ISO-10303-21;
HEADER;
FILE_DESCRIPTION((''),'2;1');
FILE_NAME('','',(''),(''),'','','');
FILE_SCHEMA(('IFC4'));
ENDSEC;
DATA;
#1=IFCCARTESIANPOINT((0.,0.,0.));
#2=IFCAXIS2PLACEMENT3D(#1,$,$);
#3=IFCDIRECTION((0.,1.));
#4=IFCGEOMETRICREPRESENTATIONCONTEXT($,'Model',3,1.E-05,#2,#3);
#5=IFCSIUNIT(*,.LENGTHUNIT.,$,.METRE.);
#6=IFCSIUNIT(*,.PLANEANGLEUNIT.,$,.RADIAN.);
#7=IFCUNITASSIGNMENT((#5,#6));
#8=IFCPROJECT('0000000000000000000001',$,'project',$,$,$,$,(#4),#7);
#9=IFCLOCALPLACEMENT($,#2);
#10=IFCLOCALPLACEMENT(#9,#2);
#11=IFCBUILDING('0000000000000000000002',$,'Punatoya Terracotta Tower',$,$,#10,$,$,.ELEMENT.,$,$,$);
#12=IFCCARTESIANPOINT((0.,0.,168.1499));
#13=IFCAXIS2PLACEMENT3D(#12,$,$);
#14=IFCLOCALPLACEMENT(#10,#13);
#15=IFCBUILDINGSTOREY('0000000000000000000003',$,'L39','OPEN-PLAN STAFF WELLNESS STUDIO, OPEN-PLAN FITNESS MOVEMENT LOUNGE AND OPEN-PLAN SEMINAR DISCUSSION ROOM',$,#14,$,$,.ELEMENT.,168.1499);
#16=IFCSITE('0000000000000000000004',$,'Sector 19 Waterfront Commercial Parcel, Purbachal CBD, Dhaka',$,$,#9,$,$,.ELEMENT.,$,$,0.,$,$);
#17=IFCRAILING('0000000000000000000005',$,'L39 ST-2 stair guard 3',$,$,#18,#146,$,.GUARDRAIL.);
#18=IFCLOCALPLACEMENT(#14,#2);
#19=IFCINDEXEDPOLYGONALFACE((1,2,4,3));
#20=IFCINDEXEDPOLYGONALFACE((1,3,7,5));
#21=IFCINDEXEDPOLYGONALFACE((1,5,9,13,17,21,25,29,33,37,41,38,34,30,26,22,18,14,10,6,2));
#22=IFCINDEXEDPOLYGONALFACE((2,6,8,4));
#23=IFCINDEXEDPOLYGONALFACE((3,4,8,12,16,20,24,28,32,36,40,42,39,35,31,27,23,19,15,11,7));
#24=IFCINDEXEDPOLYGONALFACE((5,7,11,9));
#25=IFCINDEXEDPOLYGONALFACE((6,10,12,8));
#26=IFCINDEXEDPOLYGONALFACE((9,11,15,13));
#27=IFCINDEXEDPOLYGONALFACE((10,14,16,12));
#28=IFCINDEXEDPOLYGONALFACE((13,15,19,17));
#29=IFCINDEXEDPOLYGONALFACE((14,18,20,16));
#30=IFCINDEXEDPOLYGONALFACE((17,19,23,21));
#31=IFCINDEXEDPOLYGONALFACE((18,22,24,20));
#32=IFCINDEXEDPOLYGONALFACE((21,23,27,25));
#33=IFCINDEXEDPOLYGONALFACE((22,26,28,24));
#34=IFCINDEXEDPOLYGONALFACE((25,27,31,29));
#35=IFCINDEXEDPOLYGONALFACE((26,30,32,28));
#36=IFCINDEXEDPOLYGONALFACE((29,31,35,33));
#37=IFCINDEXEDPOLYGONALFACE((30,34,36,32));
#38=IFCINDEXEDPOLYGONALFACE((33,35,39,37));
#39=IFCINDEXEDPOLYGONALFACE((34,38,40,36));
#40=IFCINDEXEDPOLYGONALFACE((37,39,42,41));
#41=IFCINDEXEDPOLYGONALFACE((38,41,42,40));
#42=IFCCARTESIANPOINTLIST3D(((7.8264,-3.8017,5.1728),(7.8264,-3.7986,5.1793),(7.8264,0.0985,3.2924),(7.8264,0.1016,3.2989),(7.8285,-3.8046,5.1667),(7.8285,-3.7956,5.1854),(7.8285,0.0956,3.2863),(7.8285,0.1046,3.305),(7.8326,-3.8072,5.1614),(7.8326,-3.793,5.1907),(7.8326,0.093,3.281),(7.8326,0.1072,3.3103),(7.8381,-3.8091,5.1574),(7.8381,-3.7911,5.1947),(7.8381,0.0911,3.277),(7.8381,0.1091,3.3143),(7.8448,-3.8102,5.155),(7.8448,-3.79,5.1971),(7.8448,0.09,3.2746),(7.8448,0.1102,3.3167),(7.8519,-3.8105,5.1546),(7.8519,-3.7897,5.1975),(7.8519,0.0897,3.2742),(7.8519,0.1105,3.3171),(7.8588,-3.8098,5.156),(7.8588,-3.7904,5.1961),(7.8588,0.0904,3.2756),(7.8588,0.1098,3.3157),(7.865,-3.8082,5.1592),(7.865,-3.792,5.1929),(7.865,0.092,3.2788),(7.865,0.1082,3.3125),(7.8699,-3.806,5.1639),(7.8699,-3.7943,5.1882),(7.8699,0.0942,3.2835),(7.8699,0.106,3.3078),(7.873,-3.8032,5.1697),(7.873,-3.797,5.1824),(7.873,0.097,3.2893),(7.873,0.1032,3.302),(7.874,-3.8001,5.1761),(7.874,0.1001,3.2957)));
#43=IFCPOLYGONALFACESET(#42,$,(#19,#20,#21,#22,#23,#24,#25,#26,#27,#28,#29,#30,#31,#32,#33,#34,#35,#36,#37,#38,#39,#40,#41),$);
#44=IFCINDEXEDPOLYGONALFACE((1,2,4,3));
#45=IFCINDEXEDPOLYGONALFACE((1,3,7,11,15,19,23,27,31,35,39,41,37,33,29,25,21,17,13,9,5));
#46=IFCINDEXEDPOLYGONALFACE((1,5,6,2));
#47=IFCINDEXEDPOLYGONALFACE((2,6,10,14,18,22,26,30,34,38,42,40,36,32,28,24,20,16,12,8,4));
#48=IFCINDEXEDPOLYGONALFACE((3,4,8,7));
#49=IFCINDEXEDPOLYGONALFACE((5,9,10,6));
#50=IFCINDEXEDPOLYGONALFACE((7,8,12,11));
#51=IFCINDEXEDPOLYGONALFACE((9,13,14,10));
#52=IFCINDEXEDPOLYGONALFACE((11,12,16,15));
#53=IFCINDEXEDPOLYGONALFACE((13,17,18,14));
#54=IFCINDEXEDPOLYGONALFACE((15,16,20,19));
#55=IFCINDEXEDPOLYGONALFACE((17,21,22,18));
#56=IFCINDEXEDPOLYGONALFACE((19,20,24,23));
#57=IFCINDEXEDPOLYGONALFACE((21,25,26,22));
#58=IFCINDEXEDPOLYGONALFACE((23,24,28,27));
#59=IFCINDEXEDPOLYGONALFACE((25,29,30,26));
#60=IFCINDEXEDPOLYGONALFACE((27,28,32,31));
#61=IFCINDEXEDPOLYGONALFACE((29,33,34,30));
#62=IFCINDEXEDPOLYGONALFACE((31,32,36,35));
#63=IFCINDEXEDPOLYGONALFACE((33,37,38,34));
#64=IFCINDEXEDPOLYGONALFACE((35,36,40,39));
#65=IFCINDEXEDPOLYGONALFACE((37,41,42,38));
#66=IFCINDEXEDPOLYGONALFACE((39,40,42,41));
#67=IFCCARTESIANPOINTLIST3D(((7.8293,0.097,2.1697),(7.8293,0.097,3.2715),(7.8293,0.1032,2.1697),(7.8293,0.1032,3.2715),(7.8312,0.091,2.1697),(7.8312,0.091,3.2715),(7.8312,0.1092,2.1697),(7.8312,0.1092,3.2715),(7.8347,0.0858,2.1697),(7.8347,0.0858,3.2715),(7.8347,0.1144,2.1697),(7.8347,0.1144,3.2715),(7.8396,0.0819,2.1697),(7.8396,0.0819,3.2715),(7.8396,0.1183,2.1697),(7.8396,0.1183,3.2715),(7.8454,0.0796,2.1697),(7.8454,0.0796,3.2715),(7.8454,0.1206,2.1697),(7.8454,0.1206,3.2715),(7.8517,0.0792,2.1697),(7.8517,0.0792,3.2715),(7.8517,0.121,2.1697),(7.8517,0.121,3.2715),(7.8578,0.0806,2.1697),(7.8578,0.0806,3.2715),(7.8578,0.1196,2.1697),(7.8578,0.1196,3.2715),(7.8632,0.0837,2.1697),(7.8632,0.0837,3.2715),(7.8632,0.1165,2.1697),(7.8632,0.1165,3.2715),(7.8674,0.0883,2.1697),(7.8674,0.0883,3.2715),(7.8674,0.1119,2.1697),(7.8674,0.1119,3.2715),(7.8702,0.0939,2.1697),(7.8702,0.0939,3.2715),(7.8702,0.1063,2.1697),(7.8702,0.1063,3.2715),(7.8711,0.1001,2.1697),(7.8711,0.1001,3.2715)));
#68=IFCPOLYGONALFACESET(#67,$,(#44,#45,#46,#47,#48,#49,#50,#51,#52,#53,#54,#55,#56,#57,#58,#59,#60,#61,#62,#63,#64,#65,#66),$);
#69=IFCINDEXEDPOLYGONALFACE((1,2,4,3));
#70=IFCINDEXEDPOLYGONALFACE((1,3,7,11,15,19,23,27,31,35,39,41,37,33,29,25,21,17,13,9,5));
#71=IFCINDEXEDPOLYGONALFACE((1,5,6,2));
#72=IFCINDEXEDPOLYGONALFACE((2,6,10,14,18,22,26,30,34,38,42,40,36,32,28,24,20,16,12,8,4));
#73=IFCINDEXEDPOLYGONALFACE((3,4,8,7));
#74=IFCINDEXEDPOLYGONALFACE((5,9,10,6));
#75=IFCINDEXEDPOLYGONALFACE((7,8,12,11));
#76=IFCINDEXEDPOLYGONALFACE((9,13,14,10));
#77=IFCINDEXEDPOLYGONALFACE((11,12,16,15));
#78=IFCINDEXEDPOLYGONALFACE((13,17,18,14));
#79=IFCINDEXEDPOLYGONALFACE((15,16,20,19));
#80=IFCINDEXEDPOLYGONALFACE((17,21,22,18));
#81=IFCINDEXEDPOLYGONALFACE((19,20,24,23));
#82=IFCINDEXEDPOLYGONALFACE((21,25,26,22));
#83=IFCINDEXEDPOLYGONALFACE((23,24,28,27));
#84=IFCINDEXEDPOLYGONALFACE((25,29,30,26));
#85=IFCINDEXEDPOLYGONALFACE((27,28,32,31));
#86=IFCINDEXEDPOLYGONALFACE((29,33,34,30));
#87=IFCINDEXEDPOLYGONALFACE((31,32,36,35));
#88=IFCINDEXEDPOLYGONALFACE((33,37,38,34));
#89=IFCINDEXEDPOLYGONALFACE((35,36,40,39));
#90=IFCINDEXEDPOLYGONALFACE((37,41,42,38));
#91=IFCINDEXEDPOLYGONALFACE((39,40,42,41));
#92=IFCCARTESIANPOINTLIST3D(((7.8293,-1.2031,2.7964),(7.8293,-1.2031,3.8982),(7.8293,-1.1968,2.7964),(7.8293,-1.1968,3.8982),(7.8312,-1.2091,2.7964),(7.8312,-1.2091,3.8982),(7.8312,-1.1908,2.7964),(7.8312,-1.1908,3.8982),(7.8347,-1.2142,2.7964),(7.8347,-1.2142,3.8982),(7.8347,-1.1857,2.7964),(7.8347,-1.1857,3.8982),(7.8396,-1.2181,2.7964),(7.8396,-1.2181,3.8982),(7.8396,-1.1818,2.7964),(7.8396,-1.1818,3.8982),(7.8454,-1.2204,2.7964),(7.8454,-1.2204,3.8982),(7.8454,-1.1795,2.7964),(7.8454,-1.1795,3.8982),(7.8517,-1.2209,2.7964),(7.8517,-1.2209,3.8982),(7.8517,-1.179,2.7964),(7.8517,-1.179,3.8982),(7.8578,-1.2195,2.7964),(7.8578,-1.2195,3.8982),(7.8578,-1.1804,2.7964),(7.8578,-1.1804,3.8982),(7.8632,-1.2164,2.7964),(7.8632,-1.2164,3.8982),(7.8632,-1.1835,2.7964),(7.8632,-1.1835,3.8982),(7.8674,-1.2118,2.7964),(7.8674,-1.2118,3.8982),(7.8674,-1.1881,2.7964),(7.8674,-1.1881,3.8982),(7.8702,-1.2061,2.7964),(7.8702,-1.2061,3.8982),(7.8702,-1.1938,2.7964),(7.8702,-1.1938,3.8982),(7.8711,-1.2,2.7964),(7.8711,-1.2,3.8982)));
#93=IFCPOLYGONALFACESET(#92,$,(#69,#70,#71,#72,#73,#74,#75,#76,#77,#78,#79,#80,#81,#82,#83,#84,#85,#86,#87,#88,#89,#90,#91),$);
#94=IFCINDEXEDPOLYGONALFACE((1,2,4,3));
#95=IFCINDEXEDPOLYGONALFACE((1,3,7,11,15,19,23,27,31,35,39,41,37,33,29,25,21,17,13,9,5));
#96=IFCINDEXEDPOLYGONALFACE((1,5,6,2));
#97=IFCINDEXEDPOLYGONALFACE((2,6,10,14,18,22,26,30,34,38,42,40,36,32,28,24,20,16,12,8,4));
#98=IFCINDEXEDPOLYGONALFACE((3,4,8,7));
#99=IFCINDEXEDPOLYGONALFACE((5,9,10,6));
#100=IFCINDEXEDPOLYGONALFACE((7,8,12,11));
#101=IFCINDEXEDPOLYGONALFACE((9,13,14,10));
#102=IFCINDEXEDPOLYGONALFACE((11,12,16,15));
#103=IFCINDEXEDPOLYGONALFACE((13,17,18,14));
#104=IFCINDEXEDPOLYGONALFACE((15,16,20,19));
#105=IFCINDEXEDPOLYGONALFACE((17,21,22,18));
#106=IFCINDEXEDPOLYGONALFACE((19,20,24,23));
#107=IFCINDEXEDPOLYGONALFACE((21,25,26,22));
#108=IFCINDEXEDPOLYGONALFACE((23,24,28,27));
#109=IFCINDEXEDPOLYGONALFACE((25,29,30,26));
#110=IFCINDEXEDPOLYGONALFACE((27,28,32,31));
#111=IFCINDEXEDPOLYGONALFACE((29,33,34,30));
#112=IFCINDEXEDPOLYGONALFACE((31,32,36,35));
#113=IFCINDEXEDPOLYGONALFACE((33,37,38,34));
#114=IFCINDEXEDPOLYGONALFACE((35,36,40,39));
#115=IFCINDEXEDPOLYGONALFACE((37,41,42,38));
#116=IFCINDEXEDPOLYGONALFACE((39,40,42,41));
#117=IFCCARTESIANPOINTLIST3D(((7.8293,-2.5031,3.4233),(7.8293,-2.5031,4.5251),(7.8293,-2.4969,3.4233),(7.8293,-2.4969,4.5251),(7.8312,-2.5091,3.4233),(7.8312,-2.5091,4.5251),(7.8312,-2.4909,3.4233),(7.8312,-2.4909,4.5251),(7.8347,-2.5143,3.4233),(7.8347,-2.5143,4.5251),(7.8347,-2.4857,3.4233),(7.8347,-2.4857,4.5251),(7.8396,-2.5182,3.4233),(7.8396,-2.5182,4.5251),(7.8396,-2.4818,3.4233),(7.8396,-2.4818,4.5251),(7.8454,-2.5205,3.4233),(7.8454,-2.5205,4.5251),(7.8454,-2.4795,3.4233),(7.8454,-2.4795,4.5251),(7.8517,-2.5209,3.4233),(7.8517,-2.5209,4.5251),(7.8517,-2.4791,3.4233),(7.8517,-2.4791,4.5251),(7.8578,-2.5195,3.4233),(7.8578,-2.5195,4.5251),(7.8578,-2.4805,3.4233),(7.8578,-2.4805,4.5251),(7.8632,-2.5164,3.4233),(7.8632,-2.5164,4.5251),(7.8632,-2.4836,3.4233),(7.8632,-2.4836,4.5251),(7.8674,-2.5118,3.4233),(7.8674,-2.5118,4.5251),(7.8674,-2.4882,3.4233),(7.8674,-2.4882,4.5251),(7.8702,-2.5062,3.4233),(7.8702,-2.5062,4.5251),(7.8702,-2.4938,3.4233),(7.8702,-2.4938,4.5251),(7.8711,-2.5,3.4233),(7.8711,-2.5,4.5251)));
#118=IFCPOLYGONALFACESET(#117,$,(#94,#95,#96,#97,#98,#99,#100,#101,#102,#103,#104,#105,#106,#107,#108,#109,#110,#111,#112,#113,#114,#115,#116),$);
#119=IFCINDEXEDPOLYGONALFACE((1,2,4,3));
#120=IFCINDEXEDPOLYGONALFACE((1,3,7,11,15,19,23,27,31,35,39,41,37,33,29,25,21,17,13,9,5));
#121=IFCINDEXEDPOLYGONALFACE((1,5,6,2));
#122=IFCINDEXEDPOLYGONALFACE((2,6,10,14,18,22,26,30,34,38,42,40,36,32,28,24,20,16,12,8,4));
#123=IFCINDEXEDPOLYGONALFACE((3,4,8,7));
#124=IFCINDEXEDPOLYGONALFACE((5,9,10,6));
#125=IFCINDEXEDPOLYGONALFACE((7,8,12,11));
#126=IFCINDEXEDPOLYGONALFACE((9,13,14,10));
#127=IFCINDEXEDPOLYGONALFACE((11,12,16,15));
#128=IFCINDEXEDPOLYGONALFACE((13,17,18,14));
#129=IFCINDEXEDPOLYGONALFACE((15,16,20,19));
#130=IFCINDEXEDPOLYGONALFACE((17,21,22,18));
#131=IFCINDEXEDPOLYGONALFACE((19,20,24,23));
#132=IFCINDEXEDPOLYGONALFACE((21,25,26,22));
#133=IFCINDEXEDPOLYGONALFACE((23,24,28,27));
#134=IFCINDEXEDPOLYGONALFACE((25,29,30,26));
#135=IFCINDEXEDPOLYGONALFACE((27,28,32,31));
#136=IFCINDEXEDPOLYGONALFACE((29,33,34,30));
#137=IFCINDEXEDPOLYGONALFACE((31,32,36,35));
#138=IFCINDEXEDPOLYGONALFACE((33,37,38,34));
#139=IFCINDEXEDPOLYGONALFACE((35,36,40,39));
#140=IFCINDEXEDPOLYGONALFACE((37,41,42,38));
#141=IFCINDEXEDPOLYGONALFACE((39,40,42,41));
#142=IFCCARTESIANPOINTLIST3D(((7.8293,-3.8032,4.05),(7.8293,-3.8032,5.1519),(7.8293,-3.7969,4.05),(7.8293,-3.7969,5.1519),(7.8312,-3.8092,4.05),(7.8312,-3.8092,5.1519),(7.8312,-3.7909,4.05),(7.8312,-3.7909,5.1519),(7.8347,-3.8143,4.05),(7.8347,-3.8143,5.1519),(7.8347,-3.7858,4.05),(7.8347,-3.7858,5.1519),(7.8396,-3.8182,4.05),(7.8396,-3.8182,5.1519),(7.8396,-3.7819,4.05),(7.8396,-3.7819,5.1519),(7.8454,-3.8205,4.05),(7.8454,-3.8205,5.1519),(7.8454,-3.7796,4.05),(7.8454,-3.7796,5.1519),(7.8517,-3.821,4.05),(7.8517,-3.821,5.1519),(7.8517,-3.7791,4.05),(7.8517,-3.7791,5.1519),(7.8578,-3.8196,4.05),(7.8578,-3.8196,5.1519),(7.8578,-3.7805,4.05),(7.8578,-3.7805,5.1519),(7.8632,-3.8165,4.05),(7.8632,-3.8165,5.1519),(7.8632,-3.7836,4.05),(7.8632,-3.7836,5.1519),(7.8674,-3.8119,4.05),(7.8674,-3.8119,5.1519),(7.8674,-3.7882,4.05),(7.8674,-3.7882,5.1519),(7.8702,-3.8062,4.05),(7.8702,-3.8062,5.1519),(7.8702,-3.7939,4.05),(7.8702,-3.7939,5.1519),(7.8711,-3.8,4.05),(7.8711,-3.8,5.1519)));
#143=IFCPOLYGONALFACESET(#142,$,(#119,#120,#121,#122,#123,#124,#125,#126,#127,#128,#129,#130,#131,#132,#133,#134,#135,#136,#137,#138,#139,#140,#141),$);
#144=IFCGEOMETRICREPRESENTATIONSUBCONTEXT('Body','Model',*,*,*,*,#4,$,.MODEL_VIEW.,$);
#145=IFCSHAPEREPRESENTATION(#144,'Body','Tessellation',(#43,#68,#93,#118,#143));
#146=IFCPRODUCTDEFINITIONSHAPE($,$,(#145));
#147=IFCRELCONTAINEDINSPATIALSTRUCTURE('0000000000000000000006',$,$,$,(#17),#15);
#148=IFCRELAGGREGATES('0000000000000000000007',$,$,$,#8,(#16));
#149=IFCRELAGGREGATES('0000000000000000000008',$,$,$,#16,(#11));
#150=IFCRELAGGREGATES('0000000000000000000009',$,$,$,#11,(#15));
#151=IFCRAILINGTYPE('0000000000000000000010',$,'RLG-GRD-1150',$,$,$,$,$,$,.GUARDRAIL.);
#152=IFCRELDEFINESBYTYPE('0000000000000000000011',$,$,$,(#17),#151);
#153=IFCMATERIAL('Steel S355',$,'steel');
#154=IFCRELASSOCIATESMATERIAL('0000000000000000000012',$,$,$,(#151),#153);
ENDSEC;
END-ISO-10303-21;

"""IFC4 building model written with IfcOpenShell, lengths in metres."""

from ifc_helpers import new_model, si_unit, direction, frame, origin, origin_2d, place, context, subcontext, project, spatial, circle, extrude, material, type_object, element, save


model = new_model("IFC4")

# Units and contexts
model_context = context("Model", 3, precision=1e-05, world=origin(), true_north=direction((0.0, 1.0)))
body_context = subcontext(model_context, "Body", "Model", "MODEL_VIEW")
ifc_project = project(units=[si_unit("LENGTHUNIT", "METRE"), si_unit("PLANEANGLEUNIT", "RADIAN")], contexts=[model_context])

# Site, building, storey
site_placement = place(None, origin())
site = spatial("IfcSite", under=ifc_project, at=site_placement, Name="Sector 19 Waterfront Commercial Parcel, Purbachal CBD, Dhaka", CompositionType="ELEMENT", RefElevation=0.0)
building_placement = place(site_placement, origin())
building = spatial("IfcBuilding", under=site, at=building_placement, Name="Punatoya Terracotta Tower", CompositionType="ELEMENT")
storey_placement = place(building_placement, frame((0.0, 0.0, 168.1499)))
storey = spatial("IfcBuildingStorey", under=building, at=storey_placement, Name="L39", Description="OPEN-PLAN STAFF WELLNESS STUDIO, OPEN-PLAN FITNESS MOVEMENT LOUNGE AND OPEN-PLAN SEMINAR DISCUSSION ROOM", CompositionType="ELEMENT", Elevation=168.1499)

# Shared definitions
ifc_material_1 = material(Name="Steel S355", Category="steel")

# Railing
railing_type_1 = type_object("IfcRailingType", Name="RLG-GRD-1150", PredefinedType="GUARDRAIL", material=ifc_material_1)
railing_1_placement = place(storey_placement, frame((7.8501, 0.1001, 2.1697)))
element("IfcRailing", 1, at=railing_1_placement, inside=storey, type_object=railing_type_1, Name="L39 ST-2 stair guard 3", PredefinedType="GUARDRAIL", context=body_context, shape_type="SweptSolid", body=[
    extrude(circle(Radius=0.0239, at=origin_2d()), frame((0.0, 0.0, 1.126), z_axis=(0.0, -0.900774, 0.434289), x_axis=(1.0, 0.0, 0.0)), (0.0, 0.0, 1.0), 4.3298),
    extrude(circle(Radius=0.021, at=origin_2d()), origin(), (0.0, 0.0, 1.0), 1.1018),
    extrude(circle(Radius=0.021, at=origin_2d()), frame((0.0, -1.3, 0.6267)), (0.0, 0.0, 1.0), 1.1018),
    extrude(circle(Radius=0.021, at=origin_2d()), frame((0.0, -2.6001, 1.2537)), (0.0, 0.0, 1.0), 1.1018),
    extrude(circle(Radius=0.021, at=origin_2d()), frame((0.0, -3.9001, 1.8804)), (0.0, 0.0, 1.0), 1.1018),
])

save(model, "model.ifc")
